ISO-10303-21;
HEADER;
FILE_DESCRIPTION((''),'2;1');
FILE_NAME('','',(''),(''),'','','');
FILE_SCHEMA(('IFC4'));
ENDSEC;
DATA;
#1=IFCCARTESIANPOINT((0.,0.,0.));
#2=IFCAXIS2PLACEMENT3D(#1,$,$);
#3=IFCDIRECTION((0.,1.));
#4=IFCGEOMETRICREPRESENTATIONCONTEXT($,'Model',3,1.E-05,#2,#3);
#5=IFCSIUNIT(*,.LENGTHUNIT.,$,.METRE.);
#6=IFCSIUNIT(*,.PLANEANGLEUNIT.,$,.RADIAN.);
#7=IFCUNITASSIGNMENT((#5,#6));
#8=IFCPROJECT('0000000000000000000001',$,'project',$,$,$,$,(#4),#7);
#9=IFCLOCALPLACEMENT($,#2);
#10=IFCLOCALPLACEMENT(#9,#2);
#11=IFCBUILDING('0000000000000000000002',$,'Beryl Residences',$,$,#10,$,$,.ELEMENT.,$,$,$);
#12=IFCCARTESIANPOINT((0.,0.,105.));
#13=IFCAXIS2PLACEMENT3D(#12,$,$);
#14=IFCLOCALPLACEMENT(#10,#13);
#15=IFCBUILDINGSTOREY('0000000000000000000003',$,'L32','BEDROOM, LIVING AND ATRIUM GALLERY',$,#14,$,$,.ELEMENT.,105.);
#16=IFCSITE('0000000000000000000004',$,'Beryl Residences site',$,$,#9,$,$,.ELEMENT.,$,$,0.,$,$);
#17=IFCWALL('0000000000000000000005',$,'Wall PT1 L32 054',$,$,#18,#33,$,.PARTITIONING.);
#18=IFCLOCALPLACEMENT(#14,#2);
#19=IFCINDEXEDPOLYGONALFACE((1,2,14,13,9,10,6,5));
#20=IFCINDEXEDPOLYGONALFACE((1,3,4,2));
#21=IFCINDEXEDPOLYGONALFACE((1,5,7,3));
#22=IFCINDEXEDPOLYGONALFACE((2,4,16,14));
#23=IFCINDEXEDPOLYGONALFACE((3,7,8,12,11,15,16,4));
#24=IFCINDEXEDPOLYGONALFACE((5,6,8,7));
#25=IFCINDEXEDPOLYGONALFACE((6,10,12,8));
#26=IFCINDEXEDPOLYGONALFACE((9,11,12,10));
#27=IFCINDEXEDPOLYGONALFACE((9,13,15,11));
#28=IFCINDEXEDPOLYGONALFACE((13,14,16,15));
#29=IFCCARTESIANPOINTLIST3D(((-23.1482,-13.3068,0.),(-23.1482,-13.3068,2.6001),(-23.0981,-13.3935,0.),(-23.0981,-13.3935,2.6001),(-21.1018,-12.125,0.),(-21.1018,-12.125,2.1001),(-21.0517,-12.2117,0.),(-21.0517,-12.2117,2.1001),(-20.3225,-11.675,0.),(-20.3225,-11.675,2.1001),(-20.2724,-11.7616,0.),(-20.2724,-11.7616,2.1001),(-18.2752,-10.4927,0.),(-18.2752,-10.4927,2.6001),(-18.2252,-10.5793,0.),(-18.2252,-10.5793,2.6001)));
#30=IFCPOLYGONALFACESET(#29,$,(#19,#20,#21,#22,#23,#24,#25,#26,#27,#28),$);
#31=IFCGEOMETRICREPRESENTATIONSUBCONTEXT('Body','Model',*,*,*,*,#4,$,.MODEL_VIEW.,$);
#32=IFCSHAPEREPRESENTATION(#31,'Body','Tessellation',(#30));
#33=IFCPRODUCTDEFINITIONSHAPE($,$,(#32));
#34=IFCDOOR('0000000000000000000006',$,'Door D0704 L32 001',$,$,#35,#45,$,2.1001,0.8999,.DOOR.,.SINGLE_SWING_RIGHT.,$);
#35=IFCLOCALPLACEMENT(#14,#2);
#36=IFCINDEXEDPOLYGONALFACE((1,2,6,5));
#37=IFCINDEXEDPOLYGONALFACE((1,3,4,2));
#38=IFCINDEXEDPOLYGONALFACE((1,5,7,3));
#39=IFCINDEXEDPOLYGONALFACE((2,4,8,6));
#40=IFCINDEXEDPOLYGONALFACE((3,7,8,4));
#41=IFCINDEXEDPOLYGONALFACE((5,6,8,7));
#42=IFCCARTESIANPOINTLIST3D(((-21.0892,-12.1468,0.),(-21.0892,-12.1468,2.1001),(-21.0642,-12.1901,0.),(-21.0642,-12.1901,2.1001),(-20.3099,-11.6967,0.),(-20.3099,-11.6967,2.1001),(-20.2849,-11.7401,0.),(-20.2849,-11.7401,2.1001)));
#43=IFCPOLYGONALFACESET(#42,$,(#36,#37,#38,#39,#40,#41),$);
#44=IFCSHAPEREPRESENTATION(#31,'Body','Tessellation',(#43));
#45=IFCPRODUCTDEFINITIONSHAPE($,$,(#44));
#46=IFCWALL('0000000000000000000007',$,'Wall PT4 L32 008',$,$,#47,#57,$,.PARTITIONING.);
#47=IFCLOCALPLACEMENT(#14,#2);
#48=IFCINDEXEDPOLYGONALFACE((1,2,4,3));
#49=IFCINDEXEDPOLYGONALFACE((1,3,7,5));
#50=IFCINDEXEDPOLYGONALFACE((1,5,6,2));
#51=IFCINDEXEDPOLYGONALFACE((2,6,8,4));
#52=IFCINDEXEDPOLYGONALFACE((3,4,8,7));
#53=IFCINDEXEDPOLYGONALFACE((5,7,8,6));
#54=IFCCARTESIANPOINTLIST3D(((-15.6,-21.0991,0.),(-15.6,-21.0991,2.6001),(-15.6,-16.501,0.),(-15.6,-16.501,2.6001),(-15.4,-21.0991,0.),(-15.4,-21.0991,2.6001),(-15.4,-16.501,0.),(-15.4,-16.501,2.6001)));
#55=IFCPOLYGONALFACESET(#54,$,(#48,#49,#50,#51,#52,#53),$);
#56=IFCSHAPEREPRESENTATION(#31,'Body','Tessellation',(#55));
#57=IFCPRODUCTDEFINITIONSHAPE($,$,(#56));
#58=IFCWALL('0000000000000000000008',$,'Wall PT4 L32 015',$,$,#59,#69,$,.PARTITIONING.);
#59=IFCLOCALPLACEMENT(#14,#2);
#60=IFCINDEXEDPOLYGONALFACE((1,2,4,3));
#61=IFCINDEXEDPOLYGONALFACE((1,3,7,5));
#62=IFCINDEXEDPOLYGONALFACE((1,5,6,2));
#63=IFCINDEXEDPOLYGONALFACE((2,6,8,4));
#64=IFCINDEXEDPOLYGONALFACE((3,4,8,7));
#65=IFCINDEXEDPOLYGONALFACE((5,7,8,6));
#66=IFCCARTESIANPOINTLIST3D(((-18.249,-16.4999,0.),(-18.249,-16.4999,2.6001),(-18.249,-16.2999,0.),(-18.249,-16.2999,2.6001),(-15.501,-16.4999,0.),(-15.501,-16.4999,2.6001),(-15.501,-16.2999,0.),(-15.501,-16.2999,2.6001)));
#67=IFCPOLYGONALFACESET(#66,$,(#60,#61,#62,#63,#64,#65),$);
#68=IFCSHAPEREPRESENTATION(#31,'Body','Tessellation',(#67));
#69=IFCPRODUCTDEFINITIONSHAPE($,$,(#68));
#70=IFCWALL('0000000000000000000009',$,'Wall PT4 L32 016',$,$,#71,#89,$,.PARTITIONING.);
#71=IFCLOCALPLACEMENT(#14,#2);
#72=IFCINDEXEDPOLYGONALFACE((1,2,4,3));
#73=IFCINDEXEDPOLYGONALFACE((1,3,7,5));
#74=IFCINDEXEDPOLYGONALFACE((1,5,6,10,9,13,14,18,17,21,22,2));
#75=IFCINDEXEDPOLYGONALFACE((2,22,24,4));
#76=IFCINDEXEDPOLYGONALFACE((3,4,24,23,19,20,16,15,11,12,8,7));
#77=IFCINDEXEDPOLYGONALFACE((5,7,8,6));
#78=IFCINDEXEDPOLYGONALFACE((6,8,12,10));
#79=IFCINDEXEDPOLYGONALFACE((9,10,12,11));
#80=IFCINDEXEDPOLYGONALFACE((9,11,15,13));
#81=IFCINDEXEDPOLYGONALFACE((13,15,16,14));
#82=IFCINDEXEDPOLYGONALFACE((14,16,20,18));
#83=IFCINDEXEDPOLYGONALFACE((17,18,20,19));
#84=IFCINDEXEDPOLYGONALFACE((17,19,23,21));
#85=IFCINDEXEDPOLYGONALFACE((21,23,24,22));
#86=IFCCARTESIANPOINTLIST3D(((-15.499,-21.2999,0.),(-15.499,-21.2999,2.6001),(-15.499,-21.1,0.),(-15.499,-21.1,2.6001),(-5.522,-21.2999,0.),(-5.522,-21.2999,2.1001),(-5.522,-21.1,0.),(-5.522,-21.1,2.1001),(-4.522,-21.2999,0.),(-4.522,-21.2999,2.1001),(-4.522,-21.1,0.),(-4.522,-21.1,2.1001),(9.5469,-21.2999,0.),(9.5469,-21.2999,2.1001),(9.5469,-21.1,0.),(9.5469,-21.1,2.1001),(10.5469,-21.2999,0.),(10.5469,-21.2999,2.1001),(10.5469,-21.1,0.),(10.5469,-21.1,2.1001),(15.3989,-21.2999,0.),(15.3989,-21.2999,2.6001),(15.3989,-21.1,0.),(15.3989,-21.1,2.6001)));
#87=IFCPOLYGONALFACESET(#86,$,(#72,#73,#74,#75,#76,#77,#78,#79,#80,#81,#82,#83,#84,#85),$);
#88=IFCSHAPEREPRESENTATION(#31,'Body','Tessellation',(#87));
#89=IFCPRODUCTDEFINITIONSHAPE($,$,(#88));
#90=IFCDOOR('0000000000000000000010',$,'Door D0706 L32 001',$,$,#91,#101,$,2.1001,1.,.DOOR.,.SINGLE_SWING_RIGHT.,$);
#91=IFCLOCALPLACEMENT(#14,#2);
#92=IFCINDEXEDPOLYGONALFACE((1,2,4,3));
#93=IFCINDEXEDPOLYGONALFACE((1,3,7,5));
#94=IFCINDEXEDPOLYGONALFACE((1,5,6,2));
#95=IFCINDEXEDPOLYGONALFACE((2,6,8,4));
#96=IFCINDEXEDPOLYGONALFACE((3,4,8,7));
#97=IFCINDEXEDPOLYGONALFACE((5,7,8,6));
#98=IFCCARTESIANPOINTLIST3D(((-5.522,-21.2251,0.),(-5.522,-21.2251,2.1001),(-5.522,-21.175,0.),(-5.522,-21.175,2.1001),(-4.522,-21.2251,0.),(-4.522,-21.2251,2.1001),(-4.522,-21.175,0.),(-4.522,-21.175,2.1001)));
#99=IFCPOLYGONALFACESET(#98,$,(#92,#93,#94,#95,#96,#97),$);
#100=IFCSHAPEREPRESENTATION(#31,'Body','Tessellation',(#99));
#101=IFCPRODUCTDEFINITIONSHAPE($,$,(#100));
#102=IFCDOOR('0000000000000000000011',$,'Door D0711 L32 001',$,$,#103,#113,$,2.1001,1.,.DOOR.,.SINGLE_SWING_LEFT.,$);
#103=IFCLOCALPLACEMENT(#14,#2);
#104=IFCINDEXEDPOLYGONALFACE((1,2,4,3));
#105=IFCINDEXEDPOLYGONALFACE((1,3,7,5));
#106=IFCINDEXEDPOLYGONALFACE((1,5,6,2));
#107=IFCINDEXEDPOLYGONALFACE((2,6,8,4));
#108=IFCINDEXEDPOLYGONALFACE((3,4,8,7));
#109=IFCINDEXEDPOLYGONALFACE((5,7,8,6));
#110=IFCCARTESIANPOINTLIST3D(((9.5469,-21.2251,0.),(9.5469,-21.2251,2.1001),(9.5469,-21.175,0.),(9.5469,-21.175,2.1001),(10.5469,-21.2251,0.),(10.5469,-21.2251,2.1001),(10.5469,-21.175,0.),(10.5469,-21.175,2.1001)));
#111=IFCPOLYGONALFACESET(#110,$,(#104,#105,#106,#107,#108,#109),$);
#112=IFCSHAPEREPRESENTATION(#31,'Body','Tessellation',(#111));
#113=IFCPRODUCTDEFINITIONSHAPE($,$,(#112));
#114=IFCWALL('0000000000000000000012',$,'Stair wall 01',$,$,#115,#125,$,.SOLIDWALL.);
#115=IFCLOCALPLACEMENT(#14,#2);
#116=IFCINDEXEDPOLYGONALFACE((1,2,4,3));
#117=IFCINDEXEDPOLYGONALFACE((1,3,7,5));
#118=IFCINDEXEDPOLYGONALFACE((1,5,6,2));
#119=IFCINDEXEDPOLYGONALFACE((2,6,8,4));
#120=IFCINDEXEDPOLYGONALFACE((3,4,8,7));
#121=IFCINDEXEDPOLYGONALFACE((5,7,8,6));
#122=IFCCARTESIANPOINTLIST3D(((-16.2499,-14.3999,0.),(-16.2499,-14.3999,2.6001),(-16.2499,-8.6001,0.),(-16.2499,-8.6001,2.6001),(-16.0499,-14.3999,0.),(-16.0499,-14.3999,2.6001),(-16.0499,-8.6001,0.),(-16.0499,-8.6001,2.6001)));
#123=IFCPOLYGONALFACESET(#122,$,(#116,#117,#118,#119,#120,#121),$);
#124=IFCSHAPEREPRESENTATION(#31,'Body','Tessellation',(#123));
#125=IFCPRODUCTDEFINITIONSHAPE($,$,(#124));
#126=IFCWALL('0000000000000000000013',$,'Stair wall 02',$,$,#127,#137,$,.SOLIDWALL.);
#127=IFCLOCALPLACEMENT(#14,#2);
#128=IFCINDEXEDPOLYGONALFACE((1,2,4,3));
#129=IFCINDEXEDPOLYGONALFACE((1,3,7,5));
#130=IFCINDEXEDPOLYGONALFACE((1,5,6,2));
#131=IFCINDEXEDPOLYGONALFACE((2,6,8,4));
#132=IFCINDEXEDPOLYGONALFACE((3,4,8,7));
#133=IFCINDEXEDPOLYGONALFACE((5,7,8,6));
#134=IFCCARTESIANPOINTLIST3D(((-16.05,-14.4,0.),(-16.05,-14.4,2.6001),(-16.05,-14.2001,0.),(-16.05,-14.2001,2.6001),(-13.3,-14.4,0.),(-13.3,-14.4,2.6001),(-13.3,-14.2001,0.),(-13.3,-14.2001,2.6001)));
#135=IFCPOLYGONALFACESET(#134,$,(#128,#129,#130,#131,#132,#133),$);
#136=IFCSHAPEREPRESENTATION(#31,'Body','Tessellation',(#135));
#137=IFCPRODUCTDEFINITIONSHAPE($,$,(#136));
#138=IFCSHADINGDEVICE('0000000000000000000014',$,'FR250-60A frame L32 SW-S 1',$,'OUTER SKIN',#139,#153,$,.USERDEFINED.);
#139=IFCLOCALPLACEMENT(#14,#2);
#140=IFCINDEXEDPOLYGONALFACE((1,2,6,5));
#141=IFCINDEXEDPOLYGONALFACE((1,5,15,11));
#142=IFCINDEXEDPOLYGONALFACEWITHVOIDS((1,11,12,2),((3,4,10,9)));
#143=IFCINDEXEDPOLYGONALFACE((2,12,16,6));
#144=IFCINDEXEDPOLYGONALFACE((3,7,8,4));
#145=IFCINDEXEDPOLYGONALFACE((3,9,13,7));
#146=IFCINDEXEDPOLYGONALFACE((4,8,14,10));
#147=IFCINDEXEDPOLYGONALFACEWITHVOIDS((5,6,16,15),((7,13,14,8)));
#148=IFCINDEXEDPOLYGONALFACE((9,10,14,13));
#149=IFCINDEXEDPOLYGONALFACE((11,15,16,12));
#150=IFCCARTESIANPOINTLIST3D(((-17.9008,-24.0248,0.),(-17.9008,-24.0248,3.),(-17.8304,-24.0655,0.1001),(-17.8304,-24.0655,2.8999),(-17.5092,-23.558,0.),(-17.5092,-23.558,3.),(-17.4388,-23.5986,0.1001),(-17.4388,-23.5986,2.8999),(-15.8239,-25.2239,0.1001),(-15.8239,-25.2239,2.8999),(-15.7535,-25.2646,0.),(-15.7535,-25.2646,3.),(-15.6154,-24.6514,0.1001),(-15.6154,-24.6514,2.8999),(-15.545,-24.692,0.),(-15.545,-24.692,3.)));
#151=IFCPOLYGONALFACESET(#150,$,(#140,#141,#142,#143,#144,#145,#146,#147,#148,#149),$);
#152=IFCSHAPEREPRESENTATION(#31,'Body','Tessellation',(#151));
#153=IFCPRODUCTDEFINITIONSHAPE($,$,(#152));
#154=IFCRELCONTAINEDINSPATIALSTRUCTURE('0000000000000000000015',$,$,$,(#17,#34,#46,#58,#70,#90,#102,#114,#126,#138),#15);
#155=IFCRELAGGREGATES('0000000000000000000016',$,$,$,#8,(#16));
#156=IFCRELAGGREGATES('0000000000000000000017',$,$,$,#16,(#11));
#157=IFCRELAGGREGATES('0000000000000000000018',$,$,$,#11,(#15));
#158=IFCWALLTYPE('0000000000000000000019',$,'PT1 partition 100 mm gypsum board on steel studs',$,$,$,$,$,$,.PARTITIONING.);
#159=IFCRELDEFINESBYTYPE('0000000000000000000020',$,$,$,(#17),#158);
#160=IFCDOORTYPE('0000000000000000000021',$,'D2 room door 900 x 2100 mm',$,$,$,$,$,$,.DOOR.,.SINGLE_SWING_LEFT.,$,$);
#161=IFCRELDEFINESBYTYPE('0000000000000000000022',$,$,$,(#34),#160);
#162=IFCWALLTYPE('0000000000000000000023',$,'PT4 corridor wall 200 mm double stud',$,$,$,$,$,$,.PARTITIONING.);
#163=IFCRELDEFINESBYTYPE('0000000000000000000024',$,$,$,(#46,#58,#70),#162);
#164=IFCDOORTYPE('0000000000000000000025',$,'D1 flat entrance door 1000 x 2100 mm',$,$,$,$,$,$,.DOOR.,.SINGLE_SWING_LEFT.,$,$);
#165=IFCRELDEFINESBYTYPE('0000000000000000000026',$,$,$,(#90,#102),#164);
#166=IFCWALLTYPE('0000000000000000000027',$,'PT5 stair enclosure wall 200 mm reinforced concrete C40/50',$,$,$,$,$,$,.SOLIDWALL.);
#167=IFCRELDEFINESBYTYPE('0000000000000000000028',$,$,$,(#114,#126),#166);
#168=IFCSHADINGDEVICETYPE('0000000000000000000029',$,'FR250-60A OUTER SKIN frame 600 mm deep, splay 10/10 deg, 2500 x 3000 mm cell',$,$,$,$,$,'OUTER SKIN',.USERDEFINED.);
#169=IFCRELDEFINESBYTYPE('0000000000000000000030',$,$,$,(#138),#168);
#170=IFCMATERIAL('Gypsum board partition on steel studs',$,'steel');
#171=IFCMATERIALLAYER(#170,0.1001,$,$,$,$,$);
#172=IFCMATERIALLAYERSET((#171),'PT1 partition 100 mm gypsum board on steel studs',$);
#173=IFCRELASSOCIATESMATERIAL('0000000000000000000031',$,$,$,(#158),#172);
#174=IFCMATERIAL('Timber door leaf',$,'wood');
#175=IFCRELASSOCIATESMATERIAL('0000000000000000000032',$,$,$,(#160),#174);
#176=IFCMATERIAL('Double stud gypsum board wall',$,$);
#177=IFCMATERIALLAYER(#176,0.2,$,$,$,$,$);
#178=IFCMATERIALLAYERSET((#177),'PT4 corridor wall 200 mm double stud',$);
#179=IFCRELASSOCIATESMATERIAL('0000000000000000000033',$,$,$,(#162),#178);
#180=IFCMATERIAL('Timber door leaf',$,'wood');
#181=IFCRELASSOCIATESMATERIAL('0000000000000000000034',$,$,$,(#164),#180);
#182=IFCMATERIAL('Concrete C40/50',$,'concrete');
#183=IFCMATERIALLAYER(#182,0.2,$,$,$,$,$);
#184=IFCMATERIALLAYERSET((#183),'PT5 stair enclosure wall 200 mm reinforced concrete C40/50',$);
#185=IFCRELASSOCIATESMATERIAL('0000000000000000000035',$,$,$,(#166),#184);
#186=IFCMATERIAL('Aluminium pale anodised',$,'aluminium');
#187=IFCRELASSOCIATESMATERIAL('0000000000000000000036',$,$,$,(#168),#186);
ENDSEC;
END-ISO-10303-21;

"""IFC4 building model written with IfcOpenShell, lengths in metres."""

from ifc_helpers import new_model, entity, si_unit, direction, frame, frame_2d, origin, place, context, subcontext, project, spatial, rectangle, extrude, source, transform, mapped, material, layer, layer_set, type_object, type_shapes, element, fill, save


model = new_model("IFC4")

# Units and contexts
model_context = context("Model", 3, precision=1e-05, world=origin(), true_north=direction((0.0, 1.0)))
body_context = subcontext(model_context, "Body", "Model", "MODEL_VIEW")
ifc_project = project(units=[si_unit("LENGTHUNIT", "METRE"), si_unit("PLANEANGLEUNIT", "RADIAN")], contexts=[model_context])

# Site, building, storey
site_placement = place(None, origin())
site = spatial("IfcSite", under=ifc_project, at=site_placement, Name="Beryl Residences site", CompositionType="ELEMENT", RefElevation=0.0)
building_placement = place(site_placement, origin())
building = spatial("IfcBuilding", under=site, at=building_placement, Name="Beryl Residences", CompositionType="ELEMENT")
storey_placement = place(building_placement, frame((0.0, 0.0, 105.0)))
storey = spatial("IfcBuildingStorey", under=building, at=storey_placement, Name="L32", Description="BEDROOM, LIVING AND ATRIUM GALLERY", CompositionType="ELEMENT", Elevation=105.0)

# Wall, opening, door
ifc_material_1 = material(Name="Gypsum board partition on steel studs", Category="steel")
ifc_layer_1 = layer(ifc_material_1, 0.1001)
ifc_layer_set_1 = layer_set([ifc_layer_1], Name="PT1 partition 100 mm gypsum board on steel studs")
wall_type_1 = type_object("IfcWallType", Name="PT1 partition 100 mm gypsum board on steel studs", PredefinedType="PARTITIONING", material=ifc_layer_set_1)
ifc_material_2 = material(Name="Timber door leaf", Category="wood")
door_type_1 = type_object("IfcDoorType", Name="D2 room door 900 x 2100 mm", OperationType="SINGLE_SWING_LEFT", PredefinedType="DOOR", material=ifc_material_2)
wall_1_placement = place(storey_placement, frame((-23.123, -13.3501, 0.0), z_axis=(0.0, 0.0, 1.0), x_axis=(0.865967, 0.5001, 0.0)))
wall_1 = element("IfcWall", 1, at=wall_1_placement, inside=storey, type_object=wall_type_1, Name="Wall PT1 L32 054", PredefinedType="PARTITIONING", context=body_context, shape_type="SweptSolid", body=[
    extrude(rectangle(XDim=5.6272, YDim=0.1001, at=frame_2d((2.8135, 0.0))), origin(), (0.0, 0.0, 1.0), 2.6001),
])
opening_1_placement = place(wall_1_placement, frame((2.363, 0.0, 0.0)))
opening_1 = element("IfcOpeningElement", 2, at=opening_1_placement, cuts=wall_1, PredefinedType="OPENING", context=body_context, shape_type="SweptSolid", body=[
    extrude(rectangle(XDim=0.8999, YDim=2.1001, at=frame_2d((0.45, 1.05))), frame((0.0, 0.0601, 0.0), z_axis=(0.0, -1.0, 0.0), x_axis=(1.0, 0.0, 0.0)), (0.0, 0.0, 1.0), 0.1201),
])
door_1_placement = place(opening_1_placement, origin())
door_1 = element("IfcDoor", 3, at=door_1_placement, inside=storey, type_object=door_type_1, Name="Door D0704 L32 001", OperationType="SINGLE_SWING_RIGHT", OverallHeight=2.1001, OverallWidth=0.8999, PredefinedType="DOOR", context=body_context, shape_type="SweptSolid", body=[
    extrude(rectangle(XDim=0.8999, YDim=2.1001, at=frame_2d((0.45, 1.05))), frame((0.0, 0.0249, 0.0), z_axis=(0.0, -1.0, 0.0), x_axis=(1.0, 0.0, 0.0)), (0.0, 0.0, 1.0), 0.05),
])
fill(opening_1, door_1)

# Walls
ifc_material_3 = material(Name="Double stud gypsum board wall")
ifc_layer_2 = layer(ifc_material_3, 0.2)
ifc_layer_set_2 = layer_set([ifc_layer_2], Name="PT4 corridor wall 200 mm double stud")
wall_type_2 = type_object("IfcWallType", Name="PT4 corridor wall 200 mm double stud", PredefinedType="PARTITIONING", material=ifc_layer_set_2)
wall_2_placement = place(storey_placement, frame((-15.5, -16.501, 0.0), z_axis=(0.0, 0.0, 1.0), x_axis=(0.0, -1.0, 0.0)))
element("IfcWall", 4, at=wall_2_placement, inside=storey, type_object=wall_type_2, Name="Wall PT4 L32 008", PredefinedType="PARTITIONING", context=body_context, shape_type="SweptSolid", body=[
    extrude(rectangle(XDim=4.5981, YDim=0.2, at=frame_2d((2.2991, 0.0))), origin(), (0.0, 0.0, 1.0), 2.6001),
])
wall_3_placement = place(storey_placement, frame((-18.249, -16.3999, 0.0), z_axis=(0.0, 0.0, 1.0), x_axis=(1.0, 0.0, 0.0)))
element("IfcWall", 5, at=wall_3_placement, inside=storey, type_object=wall_type_2, Name="Wall PT4 L32 015", PredefinedType="PARTITIONING", context=body_context, shape_type="SweptSolid", body=[
    extrude(rectangle(XDim=2.748, YDim=0.2, at=frame_2d((1.374, 0.0))), origin(), (0.0, 0.0, 1.0), 2.6001),
])

# Wall, openings, doors
wall_4_placement = place(storey_placement, frame((-15.499, -21.2, 0.0), z_axis=(0.0, 0.0, 1.0), x_axis=(1.0, 0.0, 0.0)))
wall_4 = element("IfcWall", 6, at=wall_4_placement, inside=storey, type_object=wall_type_2, Name="Wall PT4 L32 016", PredefinedType="PARTITIONING", context=body_context, shape_type="SweptSolid", body=[
    extrude(rectangle(XDim=30.8979, YDim=0.2, at=frame_2d((15.449, 0.0))), origin(), (0.0, 0.0, 1.0), 2.6001),
])
opening_2_placement = place(wall_4_placement, frame((9.9771, 0.0, 0.0)))
opening_2 = element("IfcOpeningElement", 7, at=opening_2_placement, cuts=wall_4, PredefinedType="OPENING", context=body_context, shape_type="SweptSolid", body=[
    extrude(rectangle(XDim=1.0, YDim=2.1001, at=frame_2d((0.5, 1.05))), frame((0.0, 0.1099, 0.0), z_axis=(0.0, -1.0, 0.0), x_axis=(1.0, 0.0, 0.0)), (0.0, 0.0, 1.0), 0.22),
])
opening_3_placement = place(wall_4_placement, frame((25.0459, 0.0, 0.0)))
opening_3 = element("IfcOpeningElement", 8, at=opening_3_placement, cuts=wall_4, PredefinedType="OPENING", context=body_context, shape_type="SweptSolid", body=[
    extrude(rectangle(XDim=1.0, YDim=2.1001, at=frame_2d((0.5, 1.05))), frame((0.0, 0.1099, 0.0), z_axis=(0.0, -1.0, 0.0), x_axis=(1.0, 0.0, 0.0)), (0.0, 0.0, 1.0), 0.22),
])
ifc_material_4 = material(Name="Timber door leaf", Category="wood")
door_type_2 = type_object("IfcDoorType", Name="D1 flat entrance door 1000 x 2100 mm", OperationType="SINGLE_SWING_LEFT", PredefinedType="DOOR", material=ifc_material_4)
door_2_placement = place(opening_2_placement, origin())
door_2 = element("IfcDoor", 9, at=door_2_placement, inside=storey, type_object=door_type_2, Name="Door D0706 L32 001", OperationType="SINGLE_SWING_RIGHT", OverallHeight=2.1001, OverallWidth=1.0, PredefinedType="DOOR", context=body_context, shape_type="SweptSolid", body=[
    extrude(rectangle(XDim=1.0, YDim=2.1001, at=frame_2d((0.5, 1.05))), frame((0.0, 0.0249, 0.0), z_axis=(0.0, -1.0, 0.0), x_axis=(1.0, 0.0, 0.0)), (0.0, 0.0, 1.0), 0.05),
])
fill(opening_2, door_2)
door_3_placement = place(opening_3_placement, origin())
door_3 = element("IfcDoor", 10, at=door_3_placement, inside=storey, type_object=door_type_2, Name="Door D0711 L32 001", OperationType="SINGLE_SWING_LEFT", OverallHeight=2.1001, OverallWidth=1.0, PredefinedType="DOOR", context=body_context, shape_type="SweptSolid", body=[
    extrude(rectangle(XDim=1.0, YDim=2.1001, at=frame_2d((0.5, 1.05))), frame((0.0, 0.0249, 0.0), z_axis=(0.0, -1.0, 0.0), x_axis=(1.0, 0.0, 0.0)), (0.0, 0.0, 1.0), 0.05),
])
fill(opening_3, door_3)

# Walls
ifc_material_5 = material(Name="Concrete C40/50", Category="concrete")
ifc_layer_3 = layer(ifc_material_5, 0.2)
ifc_layer_set_3 = layer_set([ifc_layer_3], Name="PT5 stair enclosure wall 200 mm reinforced concrete C40/50")
wall_type_3 = type_object("IfcWallType", Name="PT5 stair enclosure wall 200 mm reinforced concrete C40/50", PredefinedType="SOLIDWALL", material=ifc_layer_set_3)
wall_5_placement = place(storey_placement, frame((-16.1499, -14.3999, 0.0), z_axis=(0.0, 0.0, 1.0), x_axis=(0.0, 1.0, 0.0)))
element("IfcWall", 11, at=wall_5_placement, inside=storey, type_object=wall_type_3, Name="Stair wall 01", PredefinedType="SOLIDWALL", context=body_context, shape_type="SweptSolid", body=[
    extrude(rectangle(XDim=5.7998, YDim=0.2, at=frame_2d((2.8999, 0.0))), origin(), (0.0, 0.0, 1.0), 2.6001),
])
wall_6_placement = place(storey_placement, frame((-16.05, -14.3, 0.0), z_axis=(0.0, 0.0, 1.0), x_axis=(1.0, 0.0, 0.0)))
element("IfcWall", 12, at=wall_6_placement, inside=storey, type_object=wall_type_3, Name="Stair wall 02", PredefinedType="SOLIDWALL", context=body_context, shape_type="SweptSolid", body=[
    extrude(rectangle(XDim=2.75, YDim=0.2, at=frame_2d((1.375, 0.0))), origin(), (0.0, 0.0, 1.0), 2.6001),
])

# Shading device
ifc_material_6 = material(Name="Aluminium pale anodised", Category="aluminium")
shading_device_type_1 = type_object("IfcShadingDeviceType", Name="FR250-60A OUTER SKIN frame 600 mm deep, splay 10/10 deg, 2500 x 3000 mm cell", ElementType="OUTER SKIN", PredefinedType="USERDEFINED", material=ifc_material_6)
cartesian_point_1 = entity("IfcCartesianPoint", [-1.134, 0.0])
cartesian_point_2 = entity("IfcCartesianPoint", [-1.0527, 0.1001])
cartesian_point_3 = entity("IfcCartesianPoint", [-1.2397, 0.0])
cartesian_point_4 = entity("IfcCartesianPoint", [-1.1584, 0.1001])
shared_shape_1 = source(origin(), body_context, "Body", "SweptSolid", [
    entity("IfcExtrudedAreaSolidTapered", entity("IfcArbitraryProfileDefWithVoids", "AREA", None, entity("IfcPolyline", [cartesian_point_1, entity("IfcCartesianPoint", [1.134, 0.0]), entity("IfcCartesianPoint", [1.134, 3.0]), entity("IfcCartesianPoint", [-1.134, 3.0]), cartesian_point_1]), [entity("IfcPolyline", [cartesian_point_2, entity("IfcCartesianPoint", [1.0527, 0.1001]), entity("IfcCartesianPoint", [1.0527, 2.8999]), entity("IfcCartesianPoint", [-1.0527, 2.8999]), cartesian_point_2])]), entity("IfcAxis2Placement3D", entity("IfcCartesianPoint", [0.0, 0.0, 0.0]), entity("IfcDirection", [0.0, 1.0, 0.0]), entity("IfcDirection", [-1.0, 0.0, 0.0])), entity("IfcDirection", [0.0, 0.0, 1.0]), 0.6001, entity("IfcArbitraryProfileDefWithVoids", "AREA", None, entity("IfcPolyline", [cartesian_point_3, entity("IfcCartesianPoint", [1.2397, 0.0]), entity("IfcCartesianPoint", [1.2397, 3.0]), entity("IfcCartesianPoint", [-1.2397, 3.0]), cartesian_point_3]), [entity("IfcPolyline", [cartesian_point_4, entity("IfcCartesianPoint", [1.1584, 0.1001]), entity("IfcCartesianPoint", [1.1584, 2.8999]), entity("IfcCartesianPoint", [-1.1584, 2.8999]), cartesian_point_4])])),
])
type_shapes(shading_device_type_1, [shared_shape_1])
for number, where, z_axis, x_axis, name in (
    (13, (-16.5271, -24.125, 0.0), (0.0, 0.0, 1.0), (-0.866025, 0.5, 0.0), "FR250-60A frame L32 SW-S 1"),
):
    element("IfcShadingDevice", number, at=place(storey_placement, frame(where, z_axis=z_axis, x_axis=x_axis)), inside=storey, type_object=shading_device_type_1, Name=name, ObjectType="OUTER SKIN", PredefinedType="USERDEFINED", context=body_context, shape_type="MappedRepresentation", body=[
        mapped(shared_shape_1, transform((0.0, 0.0, 0.0))),
    ])

save(model, "model.ifc")
